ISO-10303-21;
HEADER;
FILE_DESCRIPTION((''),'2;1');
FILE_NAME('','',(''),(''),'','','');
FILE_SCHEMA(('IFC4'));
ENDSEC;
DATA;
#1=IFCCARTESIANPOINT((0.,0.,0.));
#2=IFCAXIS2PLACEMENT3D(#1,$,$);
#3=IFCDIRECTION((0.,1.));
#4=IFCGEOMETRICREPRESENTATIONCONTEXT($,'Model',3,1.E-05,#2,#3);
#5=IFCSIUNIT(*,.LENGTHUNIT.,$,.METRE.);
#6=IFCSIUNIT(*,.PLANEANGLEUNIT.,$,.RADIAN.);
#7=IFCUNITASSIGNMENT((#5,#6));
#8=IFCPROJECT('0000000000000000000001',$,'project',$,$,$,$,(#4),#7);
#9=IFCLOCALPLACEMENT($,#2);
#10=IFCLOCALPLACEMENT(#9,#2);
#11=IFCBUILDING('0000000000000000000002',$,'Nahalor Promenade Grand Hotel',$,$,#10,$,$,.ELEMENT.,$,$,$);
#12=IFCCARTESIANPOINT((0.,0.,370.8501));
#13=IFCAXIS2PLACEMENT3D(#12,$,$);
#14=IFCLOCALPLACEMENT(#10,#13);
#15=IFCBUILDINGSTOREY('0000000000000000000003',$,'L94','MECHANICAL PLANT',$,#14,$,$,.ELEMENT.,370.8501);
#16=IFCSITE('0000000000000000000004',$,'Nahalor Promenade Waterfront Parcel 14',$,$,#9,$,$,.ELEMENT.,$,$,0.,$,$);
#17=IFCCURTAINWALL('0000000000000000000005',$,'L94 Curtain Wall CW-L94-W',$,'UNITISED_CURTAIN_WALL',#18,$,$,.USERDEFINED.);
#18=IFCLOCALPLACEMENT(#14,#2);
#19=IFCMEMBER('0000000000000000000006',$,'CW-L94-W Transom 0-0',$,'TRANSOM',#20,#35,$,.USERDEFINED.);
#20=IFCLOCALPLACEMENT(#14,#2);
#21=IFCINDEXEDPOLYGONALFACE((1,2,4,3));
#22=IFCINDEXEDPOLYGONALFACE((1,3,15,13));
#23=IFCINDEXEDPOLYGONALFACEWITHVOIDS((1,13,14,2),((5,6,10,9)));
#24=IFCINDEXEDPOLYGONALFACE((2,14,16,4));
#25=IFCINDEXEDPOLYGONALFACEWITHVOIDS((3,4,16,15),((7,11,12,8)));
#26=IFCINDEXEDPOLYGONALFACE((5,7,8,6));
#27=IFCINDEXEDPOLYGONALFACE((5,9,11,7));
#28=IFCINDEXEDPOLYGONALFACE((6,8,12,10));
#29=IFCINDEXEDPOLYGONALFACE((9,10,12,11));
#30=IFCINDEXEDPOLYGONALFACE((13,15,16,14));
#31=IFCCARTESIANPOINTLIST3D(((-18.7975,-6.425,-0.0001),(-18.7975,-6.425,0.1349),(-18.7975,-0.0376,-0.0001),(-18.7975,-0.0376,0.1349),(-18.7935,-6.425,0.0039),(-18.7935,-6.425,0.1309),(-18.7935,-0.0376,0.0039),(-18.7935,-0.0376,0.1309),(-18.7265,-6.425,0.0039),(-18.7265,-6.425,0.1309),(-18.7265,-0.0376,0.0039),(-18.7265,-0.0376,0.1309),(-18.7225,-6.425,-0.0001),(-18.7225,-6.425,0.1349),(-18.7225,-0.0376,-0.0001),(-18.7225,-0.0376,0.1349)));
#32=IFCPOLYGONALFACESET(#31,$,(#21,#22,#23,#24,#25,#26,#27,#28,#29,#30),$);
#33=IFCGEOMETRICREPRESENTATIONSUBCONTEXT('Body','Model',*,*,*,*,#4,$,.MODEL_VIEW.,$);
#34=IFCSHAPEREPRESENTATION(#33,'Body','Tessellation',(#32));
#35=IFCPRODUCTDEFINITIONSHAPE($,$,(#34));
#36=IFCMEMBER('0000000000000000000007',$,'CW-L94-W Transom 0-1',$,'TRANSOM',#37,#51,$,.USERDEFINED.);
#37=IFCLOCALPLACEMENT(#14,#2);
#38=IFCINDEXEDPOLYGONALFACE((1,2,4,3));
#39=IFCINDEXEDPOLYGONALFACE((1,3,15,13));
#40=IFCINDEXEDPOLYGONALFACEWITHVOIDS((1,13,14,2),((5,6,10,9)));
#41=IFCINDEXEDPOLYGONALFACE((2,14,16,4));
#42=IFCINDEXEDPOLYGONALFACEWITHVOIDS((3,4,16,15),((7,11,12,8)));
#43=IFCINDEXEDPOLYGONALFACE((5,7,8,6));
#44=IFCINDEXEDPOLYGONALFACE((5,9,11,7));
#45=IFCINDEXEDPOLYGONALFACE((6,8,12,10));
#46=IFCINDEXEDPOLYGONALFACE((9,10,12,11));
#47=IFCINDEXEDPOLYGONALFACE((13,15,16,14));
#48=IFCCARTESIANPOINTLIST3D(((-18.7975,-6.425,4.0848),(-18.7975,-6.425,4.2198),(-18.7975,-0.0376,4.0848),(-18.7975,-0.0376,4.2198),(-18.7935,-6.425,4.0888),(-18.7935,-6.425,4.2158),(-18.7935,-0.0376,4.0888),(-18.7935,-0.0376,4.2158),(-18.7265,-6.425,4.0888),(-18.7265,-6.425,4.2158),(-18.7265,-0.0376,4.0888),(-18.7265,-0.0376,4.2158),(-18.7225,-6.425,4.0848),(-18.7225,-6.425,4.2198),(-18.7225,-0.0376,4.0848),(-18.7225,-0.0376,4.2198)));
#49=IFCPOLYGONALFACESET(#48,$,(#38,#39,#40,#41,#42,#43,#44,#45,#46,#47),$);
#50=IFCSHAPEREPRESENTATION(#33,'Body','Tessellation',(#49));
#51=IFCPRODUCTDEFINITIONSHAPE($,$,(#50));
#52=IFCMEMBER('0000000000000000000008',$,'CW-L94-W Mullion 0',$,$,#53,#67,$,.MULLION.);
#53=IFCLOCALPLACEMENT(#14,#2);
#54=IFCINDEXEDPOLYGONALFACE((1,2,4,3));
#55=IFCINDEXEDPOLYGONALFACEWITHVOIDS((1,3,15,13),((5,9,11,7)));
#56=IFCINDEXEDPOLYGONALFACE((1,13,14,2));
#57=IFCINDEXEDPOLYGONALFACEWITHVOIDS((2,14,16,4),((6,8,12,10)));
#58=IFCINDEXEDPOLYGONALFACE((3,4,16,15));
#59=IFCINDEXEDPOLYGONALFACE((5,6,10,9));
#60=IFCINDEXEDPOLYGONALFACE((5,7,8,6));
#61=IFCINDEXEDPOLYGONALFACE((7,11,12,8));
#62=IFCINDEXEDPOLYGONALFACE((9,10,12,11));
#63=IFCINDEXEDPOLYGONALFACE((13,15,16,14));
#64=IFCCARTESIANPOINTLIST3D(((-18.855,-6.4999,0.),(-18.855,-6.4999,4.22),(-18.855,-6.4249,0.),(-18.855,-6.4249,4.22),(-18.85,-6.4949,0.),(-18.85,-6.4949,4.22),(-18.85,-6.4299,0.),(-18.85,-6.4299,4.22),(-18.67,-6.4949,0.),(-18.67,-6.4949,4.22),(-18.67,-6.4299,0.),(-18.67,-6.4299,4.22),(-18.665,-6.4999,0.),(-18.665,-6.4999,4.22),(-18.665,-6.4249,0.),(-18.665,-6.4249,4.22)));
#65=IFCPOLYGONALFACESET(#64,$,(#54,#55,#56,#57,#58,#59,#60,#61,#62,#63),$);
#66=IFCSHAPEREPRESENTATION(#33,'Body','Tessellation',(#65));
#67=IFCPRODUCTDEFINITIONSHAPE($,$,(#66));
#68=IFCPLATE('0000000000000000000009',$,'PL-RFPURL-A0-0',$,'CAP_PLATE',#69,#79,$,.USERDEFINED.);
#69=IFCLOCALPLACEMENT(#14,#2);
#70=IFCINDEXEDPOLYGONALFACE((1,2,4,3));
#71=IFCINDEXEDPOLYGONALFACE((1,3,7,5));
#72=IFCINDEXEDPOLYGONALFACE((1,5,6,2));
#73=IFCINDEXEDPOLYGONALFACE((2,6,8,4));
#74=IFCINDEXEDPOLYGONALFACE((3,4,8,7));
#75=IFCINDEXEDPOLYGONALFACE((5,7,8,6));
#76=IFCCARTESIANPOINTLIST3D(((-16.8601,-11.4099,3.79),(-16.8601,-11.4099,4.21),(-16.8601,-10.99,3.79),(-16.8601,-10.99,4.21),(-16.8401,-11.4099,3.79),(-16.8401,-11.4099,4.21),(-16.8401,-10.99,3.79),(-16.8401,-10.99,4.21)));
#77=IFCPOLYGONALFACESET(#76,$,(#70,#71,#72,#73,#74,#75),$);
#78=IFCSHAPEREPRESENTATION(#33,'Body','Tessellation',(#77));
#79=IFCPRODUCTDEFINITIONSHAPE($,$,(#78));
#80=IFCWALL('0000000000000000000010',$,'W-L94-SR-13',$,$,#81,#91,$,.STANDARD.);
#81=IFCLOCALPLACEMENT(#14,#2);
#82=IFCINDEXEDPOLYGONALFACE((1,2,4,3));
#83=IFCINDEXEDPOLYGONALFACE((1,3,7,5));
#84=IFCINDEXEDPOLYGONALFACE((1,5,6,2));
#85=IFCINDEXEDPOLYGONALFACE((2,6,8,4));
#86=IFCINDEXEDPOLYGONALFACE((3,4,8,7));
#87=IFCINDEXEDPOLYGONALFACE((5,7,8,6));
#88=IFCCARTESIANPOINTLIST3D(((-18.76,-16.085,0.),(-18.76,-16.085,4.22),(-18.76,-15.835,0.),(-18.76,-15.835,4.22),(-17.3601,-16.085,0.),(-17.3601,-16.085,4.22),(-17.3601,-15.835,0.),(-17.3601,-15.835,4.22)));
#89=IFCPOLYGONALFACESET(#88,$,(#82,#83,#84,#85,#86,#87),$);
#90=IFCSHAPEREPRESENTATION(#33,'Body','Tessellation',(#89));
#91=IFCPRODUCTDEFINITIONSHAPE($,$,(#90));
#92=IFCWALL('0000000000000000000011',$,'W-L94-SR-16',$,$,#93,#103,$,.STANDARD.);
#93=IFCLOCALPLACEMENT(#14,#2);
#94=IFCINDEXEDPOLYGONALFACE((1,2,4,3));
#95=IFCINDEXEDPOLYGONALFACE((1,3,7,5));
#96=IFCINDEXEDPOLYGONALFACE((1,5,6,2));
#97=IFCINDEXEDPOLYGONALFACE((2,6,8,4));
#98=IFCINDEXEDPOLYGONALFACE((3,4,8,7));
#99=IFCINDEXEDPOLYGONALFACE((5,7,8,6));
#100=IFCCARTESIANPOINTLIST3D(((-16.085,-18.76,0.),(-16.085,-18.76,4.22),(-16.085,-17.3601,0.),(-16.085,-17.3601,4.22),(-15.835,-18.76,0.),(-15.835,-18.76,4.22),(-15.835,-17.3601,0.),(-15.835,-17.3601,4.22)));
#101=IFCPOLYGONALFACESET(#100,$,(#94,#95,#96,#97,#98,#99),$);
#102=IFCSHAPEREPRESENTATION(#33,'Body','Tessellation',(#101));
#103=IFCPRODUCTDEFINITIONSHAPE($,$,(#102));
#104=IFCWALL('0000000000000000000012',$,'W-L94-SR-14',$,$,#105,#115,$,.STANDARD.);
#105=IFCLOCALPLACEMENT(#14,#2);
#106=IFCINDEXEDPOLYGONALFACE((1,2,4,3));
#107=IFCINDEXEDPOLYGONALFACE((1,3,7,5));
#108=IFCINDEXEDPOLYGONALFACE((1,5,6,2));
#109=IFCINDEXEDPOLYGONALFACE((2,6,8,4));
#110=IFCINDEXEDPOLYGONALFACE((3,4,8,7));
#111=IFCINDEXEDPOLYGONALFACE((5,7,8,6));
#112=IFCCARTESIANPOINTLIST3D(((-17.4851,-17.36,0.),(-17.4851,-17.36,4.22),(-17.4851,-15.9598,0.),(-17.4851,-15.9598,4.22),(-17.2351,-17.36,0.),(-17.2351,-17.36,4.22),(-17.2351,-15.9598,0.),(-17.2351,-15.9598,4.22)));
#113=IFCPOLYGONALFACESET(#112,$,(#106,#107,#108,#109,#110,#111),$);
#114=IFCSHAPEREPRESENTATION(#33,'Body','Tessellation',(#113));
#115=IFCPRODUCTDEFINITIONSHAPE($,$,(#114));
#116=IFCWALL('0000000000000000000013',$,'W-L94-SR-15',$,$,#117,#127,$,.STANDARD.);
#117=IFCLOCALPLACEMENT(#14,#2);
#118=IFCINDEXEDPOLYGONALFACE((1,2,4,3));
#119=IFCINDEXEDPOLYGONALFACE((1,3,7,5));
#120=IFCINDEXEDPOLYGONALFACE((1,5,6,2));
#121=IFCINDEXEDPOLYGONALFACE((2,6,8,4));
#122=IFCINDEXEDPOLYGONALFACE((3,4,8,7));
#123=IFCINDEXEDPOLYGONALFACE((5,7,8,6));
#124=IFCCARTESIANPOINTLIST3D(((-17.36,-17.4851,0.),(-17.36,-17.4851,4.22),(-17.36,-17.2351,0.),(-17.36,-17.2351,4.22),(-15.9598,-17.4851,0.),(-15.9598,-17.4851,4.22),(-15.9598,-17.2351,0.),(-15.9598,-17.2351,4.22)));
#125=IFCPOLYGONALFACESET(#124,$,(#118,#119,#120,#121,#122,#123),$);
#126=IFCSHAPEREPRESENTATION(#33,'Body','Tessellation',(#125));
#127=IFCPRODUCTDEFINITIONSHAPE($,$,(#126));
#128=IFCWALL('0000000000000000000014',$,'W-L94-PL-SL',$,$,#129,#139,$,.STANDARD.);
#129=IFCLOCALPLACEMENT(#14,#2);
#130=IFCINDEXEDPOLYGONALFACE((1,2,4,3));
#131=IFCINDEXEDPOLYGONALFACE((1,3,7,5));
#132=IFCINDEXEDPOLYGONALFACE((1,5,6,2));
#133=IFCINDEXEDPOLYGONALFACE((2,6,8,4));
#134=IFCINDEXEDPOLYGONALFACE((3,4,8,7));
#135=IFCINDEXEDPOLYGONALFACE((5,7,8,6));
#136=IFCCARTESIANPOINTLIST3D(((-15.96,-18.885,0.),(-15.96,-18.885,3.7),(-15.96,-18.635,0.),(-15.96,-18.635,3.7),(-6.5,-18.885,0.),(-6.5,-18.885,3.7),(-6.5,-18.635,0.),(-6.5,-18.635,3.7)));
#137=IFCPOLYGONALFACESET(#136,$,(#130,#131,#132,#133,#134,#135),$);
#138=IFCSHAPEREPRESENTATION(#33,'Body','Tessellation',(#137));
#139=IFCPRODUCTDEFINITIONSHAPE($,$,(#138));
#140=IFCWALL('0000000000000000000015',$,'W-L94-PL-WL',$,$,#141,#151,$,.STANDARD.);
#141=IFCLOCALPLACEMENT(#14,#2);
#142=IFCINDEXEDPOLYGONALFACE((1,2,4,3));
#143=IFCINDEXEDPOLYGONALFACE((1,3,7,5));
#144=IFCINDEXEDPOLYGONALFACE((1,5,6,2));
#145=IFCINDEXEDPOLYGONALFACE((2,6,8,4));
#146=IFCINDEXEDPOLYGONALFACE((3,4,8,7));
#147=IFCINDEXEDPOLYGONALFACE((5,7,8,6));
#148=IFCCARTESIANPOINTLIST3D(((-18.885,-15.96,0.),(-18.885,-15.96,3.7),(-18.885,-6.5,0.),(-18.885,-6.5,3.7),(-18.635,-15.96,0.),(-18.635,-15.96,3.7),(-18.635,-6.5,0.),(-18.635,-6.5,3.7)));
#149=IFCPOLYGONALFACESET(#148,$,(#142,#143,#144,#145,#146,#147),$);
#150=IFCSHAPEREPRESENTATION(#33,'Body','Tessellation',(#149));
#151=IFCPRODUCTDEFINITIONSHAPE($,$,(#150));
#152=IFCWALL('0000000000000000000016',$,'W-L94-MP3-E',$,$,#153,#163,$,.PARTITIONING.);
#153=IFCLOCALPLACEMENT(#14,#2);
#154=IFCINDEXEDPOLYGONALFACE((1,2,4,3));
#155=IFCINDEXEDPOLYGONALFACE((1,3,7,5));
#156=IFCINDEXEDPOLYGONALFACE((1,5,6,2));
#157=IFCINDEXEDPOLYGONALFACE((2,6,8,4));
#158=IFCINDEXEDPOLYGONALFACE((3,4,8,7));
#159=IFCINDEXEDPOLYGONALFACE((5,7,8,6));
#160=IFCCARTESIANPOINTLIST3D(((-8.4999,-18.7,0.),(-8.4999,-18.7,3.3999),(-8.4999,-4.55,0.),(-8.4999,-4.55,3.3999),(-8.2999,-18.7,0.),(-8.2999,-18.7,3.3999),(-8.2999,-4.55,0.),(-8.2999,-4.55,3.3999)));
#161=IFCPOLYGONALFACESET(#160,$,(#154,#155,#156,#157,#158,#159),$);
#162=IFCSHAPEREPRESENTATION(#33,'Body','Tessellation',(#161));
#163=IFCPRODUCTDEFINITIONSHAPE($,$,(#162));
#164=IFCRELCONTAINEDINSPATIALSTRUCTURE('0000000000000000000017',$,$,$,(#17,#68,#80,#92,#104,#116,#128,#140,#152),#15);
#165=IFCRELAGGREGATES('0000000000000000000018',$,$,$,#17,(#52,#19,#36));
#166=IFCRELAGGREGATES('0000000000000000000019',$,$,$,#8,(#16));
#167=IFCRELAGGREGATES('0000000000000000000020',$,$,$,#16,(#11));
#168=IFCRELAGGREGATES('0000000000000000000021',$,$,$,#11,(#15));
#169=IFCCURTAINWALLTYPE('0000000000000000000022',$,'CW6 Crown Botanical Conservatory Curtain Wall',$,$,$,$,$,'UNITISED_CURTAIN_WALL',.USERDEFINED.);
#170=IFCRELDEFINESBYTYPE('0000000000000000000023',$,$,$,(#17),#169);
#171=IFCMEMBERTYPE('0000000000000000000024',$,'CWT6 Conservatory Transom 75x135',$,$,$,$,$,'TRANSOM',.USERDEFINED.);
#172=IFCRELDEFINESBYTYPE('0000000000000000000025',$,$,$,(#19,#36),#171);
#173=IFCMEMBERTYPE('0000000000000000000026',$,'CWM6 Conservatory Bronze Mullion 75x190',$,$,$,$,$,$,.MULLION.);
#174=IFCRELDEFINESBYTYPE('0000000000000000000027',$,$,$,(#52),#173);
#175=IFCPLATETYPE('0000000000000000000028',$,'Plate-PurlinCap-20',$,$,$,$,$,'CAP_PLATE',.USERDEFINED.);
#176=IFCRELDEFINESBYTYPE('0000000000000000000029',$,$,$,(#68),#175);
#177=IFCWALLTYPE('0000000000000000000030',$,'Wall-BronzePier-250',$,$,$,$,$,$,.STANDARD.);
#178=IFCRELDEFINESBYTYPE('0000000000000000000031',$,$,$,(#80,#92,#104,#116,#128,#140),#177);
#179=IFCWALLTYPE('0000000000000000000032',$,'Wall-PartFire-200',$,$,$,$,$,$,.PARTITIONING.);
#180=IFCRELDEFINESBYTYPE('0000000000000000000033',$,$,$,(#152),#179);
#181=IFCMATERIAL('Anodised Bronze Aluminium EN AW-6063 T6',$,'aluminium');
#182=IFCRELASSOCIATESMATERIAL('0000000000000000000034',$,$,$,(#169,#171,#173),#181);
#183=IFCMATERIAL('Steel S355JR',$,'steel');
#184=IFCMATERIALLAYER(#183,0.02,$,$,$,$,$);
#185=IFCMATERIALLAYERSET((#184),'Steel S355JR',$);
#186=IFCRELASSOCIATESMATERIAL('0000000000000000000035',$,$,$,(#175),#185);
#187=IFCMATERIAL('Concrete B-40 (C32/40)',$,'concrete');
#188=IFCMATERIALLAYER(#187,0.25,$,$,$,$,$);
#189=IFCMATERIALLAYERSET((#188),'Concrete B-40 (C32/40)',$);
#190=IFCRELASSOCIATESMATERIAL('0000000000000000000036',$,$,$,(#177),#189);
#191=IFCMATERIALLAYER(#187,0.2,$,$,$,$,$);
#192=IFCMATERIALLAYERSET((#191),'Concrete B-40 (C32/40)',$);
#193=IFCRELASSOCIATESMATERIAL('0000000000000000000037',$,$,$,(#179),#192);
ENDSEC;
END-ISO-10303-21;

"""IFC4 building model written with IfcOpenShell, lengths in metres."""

from ifc_helpers import new_model, si_unit, direction, frame, frame_2d, origin, origin_2d, place, context, subcontext, project, spatial, rectangle, hollow_rectangle, extrude, source, transform, mapped, material, layer, layer_set, material_profile, profile_set, type_object, element, aggregate, save


model = new_model("IFC4")

# Units and contexts
model_context = context("Model", 3, precision=1e-05, world=origin(), true_north=direction((0.0, 1.0)))
body_context = subcontext(model_context, "Body", "Model", "MODEL_VIEW")
ifc_project = project(units=[si_unit("LENGTHUNIT", "METRE"), si_unit("PLANEANGLEUNIT", "RADIAN")], contexts=[model_context])

# Site, building, storey
site_placement = place(None, origin())
site = spatial("IfcSite", under=ifc_project, at=site_placement, Name="Nahalor Promenade Waterfront Parcel 14", CompositionType="ELEMENT", RefElevation=0.0)
building_placement = place(site_placement, origin())
building = spatial("IfcBuilding", under=site, at=building_placement, Name="Nahalor Promenade Grand Hotel", CompositionType="ELEMENT")
storey_placement = place(building_placement, frame((0.0, 0.0, 370.8501)))
storey = spatial("IfcBuildingStorey", under=building, at=storey_placement, Name="L94", Description="MECHANICAL PLANT", CompositionType="ELEMENT", Elevation=370.8501)

# Shared definitions
ifc_material_1 = material(Name="Steel S355JR", Category="steel")

# Curtain wall, members
ifc_material_2 = material(Name="Anodised Bronze Aluminium EN AW-6063 T6", Category="aluminium")
curtain_wall_type = type_object("IfcCurtainWallType", Name="CW6 Crown Botanical Conservatory Curtain Wall", ElementType="UNITISED_CURTAIN_WALL", PredefinedType="USERDEFINED", material=ifc_material_2)
curtain_wall_placement = place(storey_placement, origin())
curtain_wall = element("IfcCurtainWall", 1, at=curtain_wall_placement, inside=storey, type_object=curtain_wall_type, Name="L94 Curtain Wall CW-L94-W", ObjectType="UNITISED_CURTAIN_WALL", PredefinedType="USERDEFINED")
ifc_material_profile_1 = material_profile(ifc_material_2, hollow_rectangle(XDim=0.075, YDim=0.135, WallThickness=0.004, at=origin_2d()), Name="CWT 75x135x4")
ifc_profile_set_1 = profile_set([ifc_material_profile_1], Name="Anodised Bronze Aluminium EN AW-6063 T6")
member_type_1 = type_object("IfcMemberType", Name="CWT6 Conservatory Transom 75x135", ElementType="TRANSOM", PredefinedType="USERDEFINED", material=ifc_profile_set_1)
shared_shape_1 = source(origin(), body_context, "Body", "SweptSolid", [
    extrude(hollow_rectangle(XDim=0.075, YDim=0.135, WallThickness=0.004, at=origin_2d()), origin(), (0.0, 0.0, 1.0), 6.3875),
])
member_1_placement = place(storey_placement, frame((-18.76, -6.425, 0.0674), z_axis=(0.0, 1.0, 0.0), x_axis=(-1.0, 0.0, 0.0)))
member_1 = element("IfcMember", 2, at=member_1_placement, type_object=member_type_1, Name="CW-L94-W Transom 0-0", ObjectType="TRANSOM", PredefinedType="USERDEFINED", context=body_context, shape_type="MappedRepresentation", body=[
    mapped(shared_shape_1, transform((0.0, 0.0, 0.0), scale=1.0)),
])
member_2_placement = place(storey_placement, frame((-18.76, -6.425, 4.1523), z_axis=(0.0, 1.0, 0.0), x_axis=(-1.0, 0.0, 0.0)))
member_2 = element("IfcMember", 3, at=member_2_placement, type_object=member_type_1, Name="CW-L94-W Transom 0-1", ObjectType="TRANSOM", PredefinedType="USERDEFINED", context=body_context, shape_type="MappedRepresentation", body=[
    mapped(shared_shape_1, transform((0.0, 0.0, 0.0), scale=1.0)),
])
ifc_material_profile_2 = material_profile(ifc_material_2, hollow_rectangle(XDim=0.075, YDim=0.19, WallThickness=0.005, at=origin_2d()), Name="CWM 75x190x5")
ifc_profile_set_2 = profile_set([ifc_material_profile_2], Name="Anodised Bronze Aluminium EN AW-6063 T6")
member_type_2 = type_object("IfcMemberType", Name="CWM6 Conservatory Bronze Mullion 75x190", PredefinedType="MULLION", material=ifc_profile_set_2)
shared_shape_2 = source(origin(), body_context, "Body", "SweptSolid", [
    extrude(hollow_rectangle(XDim=0.075, YDim=0.19, WallThickness=0.005, at=origin_2d()), origin(), (0.0, 0.0, 1.0), 4.22),
])
member_3_placement = place(storey_placement, frame((-18.76, -6.4624, 0.0), z_axis=(0.0, 0.0, 1.0), x_axis=(0.0, 1.0, 0.0)))
member_3 = element("IfcMember", 4, at=member_3_placement, type_object=member_type_2, Name="CW-L94-W Mullion 0", PredefinedType="MULLION", context=body_context, shape_type="MappedRepresentation", body=[
    mapped(shared_shape_2, transform((0.0, 0.0, 0.0), scale=1.0)),
])
aggregate(curtain_wall, [member_3, member_1, member_2])

# Plate
ifc_layer_1 = layer(ifc_material_1, 0.02)
ifc_layer_set_1 = layer_set([ifc_layer_1], Name="Steel S355JR")
plate_type = type_object("IfcPlateType", Name="Plate-PurlinCap-20", ElementType="CAP_PLATE", PredefinedType="USERDEFINED", material=ifc_layer_set_1)
shared_shape_3 = source(origin(), body_context, "Body", "SweptSolid", [
    extrude(rectangle(XDim=0.4199, YDim=0.02, at=origin_2d()), origin(), (0.0, 0.0, 1.0), 0.4199),
])
plate_placement = place(storey_placement, frame((-16.8501, -11.2, 3.79), z_axis=(0.0, 0.0, 1.0), x_axis=(0.0, 1.0, 0.0)))
element("IfcPlate", 5, at=plate_placement, inside=storey, type_object=plate_type, Name="PL-RFPURL-A0-0", ObjectType="CAP_PLATE", PredefinedType="USERDEFINED", context=body_context, shape_type="MappedRepresentation", body=[
    mapped(shared_shape_3, transform((0.0, 0.0, 0.0), scale=1.0)),
])

# Walls
ifc_material_3 = material(Name="Concrete B-40 (C32/40)", Category="concrete")
ifc_layer_2 = layer(ifc_material_3, 0.25)
ifc_layer_set_2 = layer_set([ifc_layer_2], Name="Concrete B-40 (C32/40)")
wall_type_1 = type_object("IfcWallType", Name="Wall-BronzePier-250", PredefinedType="STANDARD", material=ifc_layer_set_2)
shared_shape_4 = source(origin(), body_context, "Body", "SweptSolid", [
    extrude(rectangle(XDim=1.3999, YDim=0.25, at=frame_2d((0.7, 0.0))), origin(), (0.0, 0.0, 1.0), 4.22),
])
for number, where, z_axis, x_axis, name in (
    (6, (-18.76, -15.96, 0.0), (0.0, 0.0, 1.0), (1.0, 0.0, 0.0), "W-L94-SR-13"),
    (7, (-15.96, -18.76, 0.0), (0.0, 0.0, 1.0), (0.0, 1.0, 0.0), "W-L94-SR-16"),
):
    element("IfcWall", number, at=place(storey_placement, frame(where, z_axis=z_axis, x_axis=x_axis)), inside=storey, type_object=wall_type_1, Name=name, PredefinedType="STANDARD", context=body_context, shape_type="MappedRepresentation", body=[
        mapped(shared_shape_4, transform((0.0, 0.0, 0.0), scale=1.0)),
    ])
shared_shape_5 = source(origin(), body_context, "Body", "SweptSolid", [
    extrude(rectangle(XDim=1.4001, YDim=0.25, at=frame_2d((0.7002, 0.0))), origin(), (0.0, 0.0, 1.0), 4.22),
])
for number, where, z_axis, x_axis, name in (
    (8, (-17.3601, -17.3601, 0.0), (0.0, 0.0, 1.0), (0.0, 1.0, 0.0), "W-L94-SR-14"),
    (9, (-17.3601, -17.3601, 0.0), (0.0, 0.0, 1.0), (1.0, 0.0, 0.0), "W-L94-SR-15"),
):
    element("IfcWall", number, at=place(storey_placement, frame(where, z_axis=z_axis, x_axis=x_axis)), inside=storey, type_object=wall_type_1, Name=name, PredefinedType="STANDARD", context=body_context, shape_type="MappedRepresentation", body=[
        mapped(shared_shape_5, transform((0.0, 0.0, 0.0), scale=1.0)),
    ])
shared_shape_6 = source(origin(), body_context, "Body", "SweptSolid", [
    extrude(rectangle(XDim=9.46, YDim=0.25, at=frame_2d((4.73, 0.0))), origin(), (0.0, 0.0, 1.0), 3.7),
])
for number, where, z_axis, x_axis, name in (
    (10, (-15.96, -18.76, 0.0), (0.0, 0.0, 1.0), (1.0, 0.0, 0.0), "W-L94-PL-SL"),
    (11, (-18.76, -15.96, 0.0), (0.0, 0.0, 1.0), (0.0, 1.0, 0.0), "W-L94-PL-WL"),
):
    element("IfcWall", number, at=place(storey_placement, frame(where, z_axis=z_axis, x_axis=x_axis)), inside=storey, type_object=wall_type_1, Name=name, PredefinedType="STANDARD", context=body_context, shape_type="MappedRepresentation", body=[
        mapped(shared_shape_6, transform((0.0, 0.0, 0.0), scale=1.0)),
    ])
ifc_layer_3 = layer(ifc_material_3, 0.2)
ifc_layer_set_3 = layer_set([ifc_layer_3], Name="Concrete B-40 (C32/40)")
wall_type_2 = type_object("IfcWallType", Name="Wall-PartFire-200", PredefinedType="PARTITIONING", material=ifc_layer_set_3)
shared_shape_7 = source(origin(), body_context, "Body", "SweptSolid", [
    extrude(rectangle(XDim=14.1499, YDim=0.2, at=frame_2d((7.075, 0.0))), origin(), (0.0, 0.0, 1.0), 3.3999),
])
wall_1_placement = place(storey_placement, frame((-8.3999, -18.7, 0.0), z_axis=(0.0, 0.0, 1.0), x_axis=(0.0, 1.0, 0.0)))
element("IfcWall", 12, at=wall_1_placement, inside=storey, type_object=wall_type_2, Name="W-L94-MP3-E", PredefinedType="PARTITIONING", context=body_context, shape_type="MappedRepresentation", body=[
    mapped(shared_shape_7, transform((0.0, 0.0, 0.0), scale=1.0)),
])

save(model, "model.ifc")
